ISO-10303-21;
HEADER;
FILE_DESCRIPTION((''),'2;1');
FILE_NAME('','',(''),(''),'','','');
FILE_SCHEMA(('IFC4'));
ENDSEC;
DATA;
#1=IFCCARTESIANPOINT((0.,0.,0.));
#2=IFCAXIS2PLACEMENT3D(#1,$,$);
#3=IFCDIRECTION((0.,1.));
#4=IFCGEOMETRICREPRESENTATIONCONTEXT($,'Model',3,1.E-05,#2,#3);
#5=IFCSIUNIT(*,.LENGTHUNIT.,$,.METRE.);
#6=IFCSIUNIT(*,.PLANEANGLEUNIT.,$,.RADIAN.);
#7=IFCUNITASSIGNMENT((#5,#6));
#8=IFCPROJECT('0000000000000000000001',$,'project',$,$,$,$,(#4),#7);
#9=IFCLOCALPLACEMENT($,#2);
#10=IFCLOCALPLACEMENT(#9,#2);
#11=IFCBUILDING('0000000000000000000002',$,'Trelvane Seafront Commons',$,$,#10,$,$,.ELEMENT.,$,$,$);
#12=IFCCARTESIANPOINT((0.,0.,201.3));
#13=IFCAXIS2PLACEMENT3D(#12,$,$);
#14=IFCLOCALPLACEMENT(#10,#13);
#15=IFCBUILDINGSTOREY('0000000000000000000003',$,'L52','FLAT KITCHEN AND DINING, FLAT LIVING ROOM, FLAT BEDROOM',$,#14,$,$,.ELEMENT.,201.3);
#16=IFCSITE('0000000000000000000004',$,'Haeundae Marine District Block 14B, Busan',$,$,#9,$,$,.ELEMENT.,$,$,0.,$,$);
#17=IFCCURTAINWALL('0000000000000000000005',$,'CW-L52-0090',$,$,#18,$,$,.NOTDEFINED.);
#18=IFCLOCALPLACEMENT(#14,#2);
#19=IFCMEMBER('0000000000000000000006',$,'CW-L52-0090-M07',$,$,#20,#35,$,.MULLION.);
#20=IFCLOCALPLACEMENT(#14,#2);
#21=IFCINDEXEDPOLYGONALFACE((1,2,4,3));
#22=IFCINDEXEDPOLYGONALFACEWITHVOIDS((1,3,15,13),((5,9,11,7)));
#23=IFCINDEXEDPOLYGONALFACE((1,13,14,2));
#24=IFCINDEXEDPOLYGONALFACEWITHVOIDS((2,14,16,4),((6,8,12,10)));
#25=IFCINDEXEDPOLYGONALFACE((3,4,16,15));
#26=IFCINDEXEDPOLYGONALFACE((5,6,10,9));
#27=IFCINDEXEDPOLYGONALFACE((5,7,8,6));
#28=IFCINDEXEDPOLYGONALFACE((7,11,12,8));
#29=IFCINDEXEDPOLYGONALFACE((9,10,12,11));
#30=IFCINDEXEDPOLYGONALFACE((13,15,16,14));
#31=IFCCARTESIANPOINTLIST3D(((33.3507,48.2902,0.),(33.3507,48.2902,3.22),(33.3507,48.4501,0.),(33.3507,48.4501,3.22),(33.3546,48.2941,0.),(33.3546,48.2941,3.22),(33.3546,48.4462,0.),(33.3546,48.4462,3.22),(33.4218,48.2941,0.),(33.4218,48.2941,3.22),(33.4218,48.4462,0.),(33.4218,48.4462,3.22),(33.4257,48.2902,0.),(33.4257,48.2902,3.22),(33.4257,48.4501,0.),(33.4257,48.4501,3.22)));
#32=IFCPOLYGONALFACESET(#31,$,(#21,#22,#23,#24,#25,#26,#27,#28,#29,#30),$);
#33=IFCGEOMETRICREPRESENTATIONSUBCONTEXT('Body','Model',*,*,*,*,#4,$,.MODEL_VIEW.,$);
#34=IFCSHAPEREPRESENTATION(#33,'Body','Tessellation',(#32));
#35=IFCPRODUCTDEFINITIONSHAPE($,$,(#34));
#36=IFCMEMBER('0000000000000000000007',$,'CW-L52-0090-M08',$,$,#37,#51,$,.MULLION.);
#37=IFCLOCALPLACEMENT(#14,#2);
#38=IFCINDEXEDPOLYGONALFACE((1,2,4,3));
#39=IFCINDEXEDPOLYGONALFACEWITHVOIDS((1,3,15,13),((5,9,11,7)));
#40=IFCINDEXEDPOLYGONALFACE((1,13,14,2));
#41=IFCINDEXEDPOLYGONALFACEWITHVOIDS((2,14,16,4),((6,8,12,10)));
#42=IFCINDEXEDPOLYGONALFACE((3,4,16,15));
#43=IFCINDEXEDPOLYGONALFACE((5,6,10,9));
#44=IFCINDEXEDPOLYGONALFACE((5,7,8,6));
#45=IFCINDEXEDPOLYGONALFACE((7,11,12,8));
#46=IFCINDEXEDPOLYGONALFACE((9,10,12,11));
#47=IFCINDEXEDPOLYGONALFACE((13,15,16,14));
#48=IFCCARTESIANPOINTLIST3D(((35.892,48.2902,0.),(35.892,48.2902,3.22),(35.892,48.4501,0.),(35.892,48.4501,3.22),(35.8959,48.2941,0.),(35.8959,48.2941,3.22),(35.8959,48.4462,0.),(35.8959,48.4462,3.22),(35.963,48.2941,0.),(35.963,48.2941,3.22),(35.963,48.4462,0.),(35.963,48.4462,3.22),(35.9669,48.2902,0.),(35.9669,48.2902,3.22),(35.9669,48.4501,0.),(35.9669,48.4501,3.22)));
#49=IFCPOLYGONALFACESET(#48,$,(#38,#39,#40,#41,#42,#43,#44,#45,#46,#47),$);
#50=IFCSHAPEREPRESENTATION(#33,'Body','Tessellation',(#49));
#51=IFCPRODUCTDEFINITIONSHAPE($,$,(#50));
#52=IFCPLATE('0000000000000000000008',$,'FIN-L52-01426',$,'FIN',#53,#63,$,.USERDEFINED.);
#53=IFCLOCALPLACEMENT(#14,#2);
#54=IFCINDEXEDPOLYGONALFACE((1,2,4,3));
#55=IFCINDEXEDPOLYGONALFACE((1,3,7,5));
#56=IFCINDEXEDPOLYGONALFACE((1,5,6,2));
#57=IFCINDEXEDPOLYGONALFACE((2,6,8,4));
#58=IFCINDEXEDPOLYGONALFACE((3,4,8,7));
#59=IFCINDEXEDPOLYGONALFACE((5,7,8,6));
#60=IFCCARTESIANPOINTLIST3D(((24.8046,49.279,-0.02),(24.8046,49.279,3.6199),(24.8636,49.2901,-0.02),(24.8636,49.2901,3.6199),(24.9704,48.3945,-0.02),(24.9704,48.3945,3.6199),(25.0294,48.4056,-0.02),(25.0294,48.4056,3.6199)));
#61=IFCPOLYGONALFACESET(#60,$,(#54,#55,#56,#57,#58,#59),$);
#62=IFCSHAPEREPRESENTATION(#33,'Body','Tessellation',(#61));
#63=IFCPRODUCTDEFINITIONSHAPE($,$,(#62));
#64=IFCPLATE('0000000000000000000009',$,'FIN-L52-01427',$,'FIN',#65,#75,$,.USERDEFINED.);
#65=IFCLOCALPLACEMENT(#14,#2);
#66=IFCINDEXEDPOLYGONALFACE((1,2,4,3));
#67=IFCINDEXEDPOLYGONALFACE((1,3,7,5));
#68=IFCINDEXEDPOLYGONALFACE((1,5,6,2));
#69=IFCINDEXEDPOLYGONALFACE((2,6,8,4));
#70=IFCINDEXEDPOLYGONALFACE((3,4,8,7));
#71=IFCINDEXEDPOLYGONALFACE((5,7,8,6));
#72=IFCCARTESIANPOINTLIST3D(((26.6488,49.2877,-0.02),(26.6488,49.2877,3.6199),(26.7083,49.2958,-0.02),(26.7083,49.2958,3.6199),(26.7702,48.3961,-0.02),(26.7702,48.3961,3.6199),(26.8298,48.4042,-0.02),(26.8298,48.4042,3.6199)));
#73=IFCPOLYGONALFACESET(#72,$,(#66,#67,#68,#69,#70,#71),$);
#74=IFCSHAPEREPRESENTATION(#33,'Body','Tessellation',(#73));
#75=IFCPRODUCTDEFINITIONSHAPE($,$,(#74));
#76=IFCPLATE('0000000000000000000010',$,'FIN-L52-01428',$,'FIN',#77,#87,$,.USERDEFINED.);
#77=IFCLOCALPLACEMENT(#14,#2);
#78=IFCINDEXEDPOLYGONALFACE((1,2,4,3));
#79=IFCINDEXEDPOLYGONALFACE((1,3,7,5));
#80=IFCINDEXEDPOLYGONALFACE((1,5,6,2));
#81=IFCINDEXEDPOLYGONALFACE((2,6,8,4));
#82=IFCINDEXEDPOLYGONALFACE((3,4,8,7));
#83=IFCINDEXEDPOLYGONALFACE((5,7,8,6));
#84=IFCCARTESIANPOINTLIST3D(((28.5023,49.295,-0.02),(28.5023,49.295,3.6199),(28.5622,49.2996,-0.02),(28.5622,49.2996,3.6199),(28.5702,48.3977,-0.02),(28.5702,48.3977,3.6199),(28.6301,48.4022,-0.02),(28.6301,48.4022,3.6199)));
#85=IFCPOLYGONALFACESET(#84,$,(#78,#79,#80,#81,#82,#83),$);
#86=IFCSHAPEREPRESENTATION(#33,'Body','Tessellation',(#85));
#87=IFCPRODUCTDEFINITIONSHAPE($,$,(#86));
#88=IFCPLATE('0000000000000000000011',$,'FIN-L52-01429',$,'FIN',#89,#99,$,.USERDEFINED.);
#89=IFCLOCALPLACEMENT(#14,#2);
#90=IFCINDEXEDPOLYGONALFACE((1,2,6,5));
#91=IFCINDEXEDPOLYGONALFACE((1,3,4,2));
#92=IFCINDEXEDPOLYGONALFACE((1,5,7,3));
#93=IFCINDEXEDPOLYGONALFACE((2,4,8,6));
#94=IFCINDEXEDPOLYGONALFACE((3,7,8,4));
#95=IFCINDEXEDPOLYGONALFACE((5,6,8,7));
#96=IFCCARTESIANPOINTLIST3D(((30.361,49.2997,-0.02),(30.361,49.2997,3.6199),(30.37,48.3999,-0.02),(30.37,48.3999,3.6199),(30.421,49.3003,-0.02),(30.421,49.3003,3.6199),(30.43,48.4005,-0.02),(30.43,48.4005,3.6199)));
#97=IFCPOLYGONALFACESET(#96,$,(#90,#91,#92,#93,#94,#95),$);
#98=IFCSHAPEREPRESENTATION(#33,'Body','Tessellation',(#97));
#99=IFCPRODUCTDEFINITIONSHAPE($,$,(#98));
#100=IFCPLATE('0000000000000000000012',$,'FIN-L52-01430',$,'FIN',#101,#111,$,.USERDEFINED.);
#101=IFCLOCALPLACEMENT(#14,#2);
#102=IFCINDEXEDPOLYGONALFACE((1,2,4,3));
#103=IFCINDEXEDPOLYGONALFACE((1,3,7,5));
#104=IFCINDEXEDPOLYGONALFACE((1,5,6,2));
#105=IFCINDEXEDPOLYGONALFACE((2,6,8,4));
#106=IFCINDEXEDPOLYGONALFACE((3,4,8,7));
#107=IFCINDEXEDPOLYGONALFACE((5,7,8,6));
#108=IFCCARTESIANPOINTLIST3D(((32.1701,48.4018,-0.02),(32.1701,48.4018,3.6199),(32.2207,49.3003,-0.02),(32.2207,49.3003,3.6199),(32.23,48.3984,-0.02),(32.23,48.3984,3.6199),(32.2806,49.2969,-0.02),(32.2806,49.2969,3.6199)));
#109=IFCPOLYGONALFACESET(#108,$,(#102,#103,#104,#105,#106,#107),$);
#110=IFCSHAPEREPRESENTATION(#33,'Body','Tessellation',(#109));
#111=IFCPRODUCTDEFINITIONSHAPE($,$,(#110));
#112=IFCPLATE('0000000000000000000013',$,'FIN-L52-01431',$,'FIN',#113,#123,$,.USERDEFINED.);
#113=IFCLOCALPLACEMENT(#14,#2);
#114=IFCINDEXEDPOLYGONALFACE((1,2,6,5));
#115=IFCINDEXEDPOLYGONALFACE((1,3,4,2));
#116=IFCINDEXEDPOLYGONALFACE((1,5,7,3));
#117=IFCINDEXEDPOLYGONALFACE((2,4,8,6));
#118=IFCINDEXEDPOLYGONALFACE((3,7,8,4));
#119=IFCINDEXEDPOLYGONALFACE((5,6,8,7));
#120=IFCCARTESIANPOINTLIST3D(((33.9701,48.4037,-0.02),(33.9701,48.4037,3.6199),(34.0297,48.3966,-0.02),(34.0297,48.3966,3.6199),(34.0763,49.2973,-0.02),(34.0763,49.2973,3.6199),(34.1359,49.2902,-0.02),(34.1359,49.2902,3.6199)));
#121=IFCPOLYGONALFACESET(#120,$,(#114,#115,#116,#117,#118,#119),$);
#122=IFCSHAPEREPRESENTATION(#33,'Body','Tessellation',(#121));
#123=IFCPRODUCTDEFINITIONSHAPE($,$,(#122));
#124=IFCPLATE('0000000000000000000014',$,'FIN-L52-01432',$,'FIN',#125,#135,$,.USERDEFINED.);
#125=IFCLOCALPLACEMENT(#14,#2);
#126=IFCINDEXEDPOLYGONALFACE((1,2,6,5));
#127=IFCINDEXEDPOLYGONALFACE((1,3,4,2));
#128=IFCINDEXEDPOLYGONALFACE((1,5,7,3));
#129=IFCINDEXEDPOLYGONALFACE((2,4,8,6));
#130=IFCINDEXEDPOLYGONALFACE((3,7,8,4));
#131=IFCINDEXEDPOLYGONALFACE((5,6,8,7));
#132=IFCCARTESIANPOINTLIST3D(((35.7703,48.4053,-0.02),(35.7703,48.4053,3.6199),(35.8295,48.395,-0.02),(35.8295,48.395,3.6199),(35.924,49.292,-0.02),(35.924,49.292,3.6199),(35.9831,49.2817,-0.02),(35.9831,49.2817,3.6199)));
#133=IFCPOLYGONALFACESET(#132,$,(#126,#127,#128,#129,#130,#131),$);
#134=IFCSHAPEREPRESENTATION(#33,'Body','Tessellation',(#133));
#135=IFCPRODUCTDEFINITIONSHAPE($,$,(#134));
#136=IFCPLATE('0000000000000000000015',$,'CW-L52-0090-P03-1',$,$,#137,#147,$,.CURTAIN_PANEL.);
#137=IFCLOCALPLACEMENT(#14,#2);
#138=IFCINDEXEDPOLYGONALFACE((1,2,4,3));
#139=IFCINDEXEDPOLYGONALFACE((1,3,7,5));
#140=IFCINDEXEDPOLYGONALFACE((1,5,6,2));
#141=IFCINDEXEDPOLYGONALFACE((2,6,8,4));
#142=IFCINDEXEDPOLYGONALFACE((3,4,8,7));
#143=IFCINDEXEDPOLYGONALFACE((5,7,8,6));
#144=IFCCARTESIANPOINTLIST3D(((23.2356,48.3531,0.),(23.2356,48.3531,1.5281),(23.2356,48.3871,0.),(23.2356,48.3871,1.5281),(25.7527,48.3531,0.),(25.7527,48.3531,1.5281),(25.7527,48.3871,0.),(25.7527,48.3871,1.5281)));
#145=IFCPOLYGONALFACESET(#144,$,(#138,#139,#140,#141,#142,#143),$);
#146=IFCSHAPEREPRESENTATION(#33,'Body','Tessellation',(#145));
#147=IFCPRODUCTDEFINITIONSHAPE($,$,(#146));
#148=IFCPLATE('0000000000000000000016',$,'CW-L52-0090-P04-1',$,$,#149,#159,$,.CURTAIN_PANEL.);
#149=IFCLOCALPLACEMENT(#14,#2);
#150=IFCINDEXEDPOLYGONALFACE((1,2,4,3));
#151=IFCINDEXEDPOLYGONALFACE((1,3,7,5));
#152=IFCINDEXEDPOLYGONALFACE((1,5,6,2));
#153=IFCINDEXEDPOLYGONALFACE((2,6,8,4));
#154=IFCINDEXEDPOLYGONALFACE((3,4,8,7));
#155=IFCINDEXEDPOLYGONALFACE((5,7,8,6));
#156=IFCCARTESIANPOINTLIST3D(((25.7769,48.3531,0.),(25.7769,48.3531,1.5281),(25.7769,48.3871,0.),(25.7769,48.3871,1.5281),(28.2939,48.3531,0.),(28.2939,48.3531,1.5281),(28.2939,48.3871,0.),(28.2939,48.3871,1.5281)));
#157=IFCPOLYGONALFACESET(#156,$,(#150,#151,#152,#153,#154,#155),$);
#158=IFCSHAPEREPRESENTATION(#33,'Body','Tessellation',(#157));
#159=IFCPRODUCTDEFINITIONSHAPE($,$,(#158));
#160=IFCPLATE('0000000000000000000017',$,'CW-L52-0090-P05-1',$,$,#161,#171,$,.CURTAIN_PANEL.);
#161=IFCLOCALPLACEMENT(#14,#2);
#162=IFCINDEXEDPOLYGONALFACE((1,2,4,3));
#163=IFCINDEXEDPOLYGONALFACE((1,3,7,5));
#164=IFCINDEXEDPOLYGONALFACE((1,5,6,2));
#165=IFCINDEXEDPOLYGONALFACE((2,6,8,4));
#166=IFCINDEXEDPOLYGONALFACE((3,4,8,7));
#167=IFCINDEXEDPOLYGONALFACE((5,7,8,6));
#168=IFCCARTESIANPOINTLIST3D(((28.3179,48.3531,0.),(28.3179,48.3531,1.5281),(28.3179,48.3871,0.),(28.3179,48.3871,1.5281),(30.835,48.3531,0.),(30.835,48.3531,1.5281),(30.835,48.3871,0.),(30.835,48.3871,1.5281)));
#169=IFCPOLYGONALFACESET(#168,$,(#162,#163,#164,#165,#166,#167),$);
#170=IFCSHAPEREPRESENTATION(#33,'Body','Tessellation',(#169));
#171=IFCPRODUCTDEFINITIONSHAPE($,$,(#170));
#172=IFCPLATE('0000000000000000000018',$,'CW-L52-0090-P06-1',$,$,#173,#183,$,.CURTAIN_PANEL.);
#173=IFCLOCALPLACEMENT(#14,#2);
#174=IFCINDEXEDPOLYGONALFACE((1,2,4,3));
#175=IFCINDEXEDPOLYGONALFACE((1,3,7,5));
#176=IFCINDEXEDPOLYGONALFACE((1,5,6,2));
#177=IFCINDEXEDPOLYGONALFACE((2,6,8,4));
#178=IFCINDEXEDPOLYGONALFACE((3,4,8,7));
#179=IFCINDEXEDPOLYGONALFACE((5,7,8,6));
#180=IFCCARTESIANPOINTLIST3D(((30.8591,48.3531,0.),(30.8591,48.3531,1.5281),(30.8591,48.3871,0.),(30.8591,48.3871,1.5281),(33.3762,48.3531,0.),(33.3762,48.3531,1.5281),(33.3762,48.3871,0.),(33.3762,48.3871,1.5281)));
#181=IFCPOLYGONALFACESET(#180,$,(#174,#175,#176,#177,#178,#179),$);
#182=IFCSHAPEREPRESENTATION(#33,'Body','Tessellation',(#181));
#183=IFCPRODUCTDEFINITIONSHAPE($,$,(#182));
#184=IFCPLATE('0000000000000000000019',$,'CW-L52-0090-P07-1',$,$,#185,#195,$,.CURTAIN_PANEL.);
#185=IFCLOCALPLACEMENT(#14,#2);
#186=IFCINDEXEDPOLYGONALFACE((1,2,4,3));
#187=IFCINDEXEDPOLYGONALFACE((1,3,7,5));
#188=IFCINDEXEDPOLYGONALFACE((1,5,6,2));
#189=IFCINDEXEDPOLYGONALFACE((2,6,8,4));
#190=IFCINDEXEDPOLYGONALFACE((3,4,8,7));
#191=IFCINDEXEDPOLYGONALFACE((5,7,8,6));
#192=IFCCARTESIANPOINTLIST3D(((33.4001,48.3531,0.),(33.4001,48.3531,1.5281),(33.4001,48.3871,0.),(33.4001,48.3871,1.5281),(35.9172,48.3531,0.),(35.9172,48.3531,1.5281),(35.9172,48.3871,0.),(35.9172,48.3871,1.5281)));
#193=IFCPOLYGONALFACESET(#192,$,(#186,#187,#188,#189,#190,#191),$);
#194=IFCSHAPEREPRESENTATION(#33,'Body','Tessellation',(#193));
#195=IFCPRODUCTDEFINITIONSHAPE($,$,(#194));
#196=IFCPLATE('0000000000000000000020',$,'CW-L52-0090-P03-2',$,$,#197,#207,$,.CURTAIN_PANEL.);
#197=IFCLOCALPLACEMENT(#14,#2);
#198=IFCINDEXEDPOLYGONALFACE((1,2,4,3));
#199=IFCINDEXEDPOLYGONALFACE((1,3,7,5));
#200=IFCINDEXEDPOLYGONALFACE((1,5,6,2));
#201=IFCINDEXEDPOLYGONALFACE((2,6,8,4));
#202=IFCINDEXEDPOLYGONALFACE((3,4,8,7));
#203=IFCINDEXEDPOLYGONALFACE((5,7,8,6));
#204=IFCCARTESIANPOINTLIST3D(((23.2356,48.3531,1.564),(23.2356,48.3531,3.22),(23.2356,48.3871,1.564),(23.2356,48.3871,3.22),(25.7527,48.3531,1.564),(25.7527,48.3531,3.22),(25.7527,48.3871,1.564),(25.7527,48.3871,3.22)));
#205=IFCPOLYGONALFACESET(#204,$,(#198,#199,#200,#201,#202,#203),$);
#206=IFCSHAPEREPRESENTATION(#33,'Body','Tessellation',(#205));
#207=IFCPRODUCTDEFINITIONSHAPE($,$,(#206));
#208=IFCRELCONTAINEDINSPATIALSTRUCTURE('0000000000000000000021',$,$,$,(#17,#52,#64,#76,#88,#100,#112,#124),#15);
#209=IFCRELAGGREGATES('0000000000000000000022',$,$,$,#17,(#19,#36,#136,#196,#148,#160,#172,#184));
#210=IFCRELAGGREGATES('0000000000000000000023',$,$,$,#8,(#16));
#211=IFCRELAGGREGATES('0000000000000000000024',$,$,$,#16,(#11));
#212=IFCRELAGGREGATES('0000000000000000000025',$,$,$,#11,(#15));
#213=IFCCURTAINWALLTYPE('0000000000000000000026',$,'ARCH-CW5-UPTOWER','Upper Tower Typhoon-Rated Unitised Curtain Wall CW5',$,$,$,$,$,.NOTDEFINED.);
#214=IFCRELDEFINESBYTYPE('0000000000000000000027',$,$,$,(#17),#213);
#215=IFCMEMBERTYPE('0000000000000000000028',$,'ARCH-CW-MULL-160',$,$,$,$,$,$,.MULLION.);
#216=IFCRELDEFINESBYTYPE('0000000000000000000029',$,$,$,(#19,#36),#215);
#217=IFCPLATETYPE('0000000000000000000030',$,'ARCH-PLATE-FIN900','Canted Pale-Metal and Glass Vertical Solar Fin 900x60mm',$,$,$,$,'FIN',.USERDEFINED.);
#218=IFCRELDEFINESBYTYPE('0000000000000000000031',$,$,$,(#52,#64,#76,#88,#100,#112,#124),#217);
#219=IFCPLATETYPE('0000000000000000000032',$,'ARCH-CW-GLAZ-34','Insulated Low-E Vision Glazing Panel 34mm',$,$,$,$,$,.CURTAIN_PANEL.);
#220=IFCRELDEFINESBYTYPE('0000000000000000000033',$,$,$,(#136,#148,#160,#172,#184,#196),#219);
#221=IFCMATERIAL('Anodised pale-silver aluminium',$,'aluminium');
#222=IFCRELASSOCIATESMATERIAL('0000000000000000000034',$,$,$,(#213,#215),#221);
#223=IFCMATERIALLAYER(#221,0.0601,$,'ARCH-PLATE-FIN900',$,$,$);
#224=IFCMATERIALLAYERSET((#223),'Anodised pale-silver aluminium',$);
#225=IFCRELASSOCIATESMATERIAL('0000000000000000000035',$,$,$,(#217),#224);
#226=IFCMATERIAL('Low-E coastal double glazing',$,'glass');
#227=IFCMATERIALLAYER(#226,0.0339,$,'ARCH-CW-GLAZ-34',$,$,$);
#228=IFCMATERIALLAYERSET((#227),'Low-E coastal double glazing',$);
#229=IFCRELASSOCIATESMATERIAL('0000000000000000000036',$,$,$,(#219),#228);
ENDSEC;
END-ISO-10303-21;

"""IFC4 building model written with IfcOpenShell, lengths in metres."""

from ifc_helpers import new_model, si_unit, direction, frame, origin, origin_2d, place, context, subcontext, project, spatial, rectangle, hollow_rectangle, extrude, source, transform, mapped, material, layer, layer_set, material_profile, profile_set, type_object, element, aggregate, save


model = new_model("IFC4")

# Units and contexts
model_context = context("Model", 3, precision=1e-05, world=origin(), true_north=direction((0.0, 1.0)))
body_context = subcontext(model_context, "Body", "Model", "MODEL_VIEW")
ifc_project = project(units=[si_unit("LENGTHUNIT", "METRE"), si_unit("PLANEANGLEUNIT", "RADIAN")], contexts=[model_context])

# Site, building, storey
site_placement = place(None, origin())
site = spatial("IfcSite", under=ifc_project, at=site_placement, Name="Haeundae Marine District Block 14B, Busan", CompositionType="ELEMENT", RefElevation=0.0)
building_placement = place(site_placement, origin())
building = spatial("IfcBuilding", under=site, at=building_placement, Name="Trelvane Seafront Commons", CompositionType="ELEMENT")
storey_placement = place(building_placement, frame((0.0, 0.0, 201.3)))
storey = spatial("IfcBuildingStorey", under=building, at=storey_placement, Name="L52", Description="FLAT KITCHEN AND DINING, FLAT LIVING ROOM, FLAT BEDROOM", CompositionType="ELEMENT", Elevation=201.3)

# Curtain wall, members
ifc_material_1 = material(Name="Anodised pale-silver aluminium", Category="aluminium")
curtain_wall_type = type_object("IfcCurtainWallType", Name="ARCH-CW5-UPTOWER", Description="Upper Tower Typhoon-Rated Unitised Curtain Wall CW5", PredefinedType="NOTDEFINED", material=ifc_material_1)
curtain_wall_placement = place(storey_placement, origin())
curtain_wall = element("IfcCurtainWall", 1, at=curtain_wall_placement, inside=storey, type_object=curtain_wall_type, Name="CW-L52-0090", PredefinedType="NOTDEFINED")
ifc_material_profile_1 = material_profile(ifc_material_1, hollow_rectangle(XDim=0.075, YDim=0.1599, WallThickness=0.0039, at=origin_2d()), Name="MULL-75x160x4")
ifc_profile_set_1 = profile_set([ifc_material_profile_1], Name="Anodised pale-silver aluminium")
member_type_1 = type_object("IfcMemberType", Name="ARCH-CW-MULL-160", PredefinedType="MULLION", material=ifc_profile_set_1)
shared_shape_1 = source(origin(), body_context, "Body", "SweptSolid", [
    extrude(hollow_rectangle(XDim=0.075, YDim=0.1599, WallThickness=0.0039, at=origin_2d()), origin(), (0.0, 0.0, 1.0), 3.22),
])
member_1_placement = place(storey_placement, frame((33.3882, 48.3701, 0.0), z_axis=(0.0, 0.0, 1.0), x_axis=(1.0, 0.0, 0.0)))
member_1 = element("IfcMember", 2, at=member_1_placement, type_object=member_type_1, Name="CW-L52-0090-M07", PredefinedType="MULLION", context=body_context, shape_type="MappedRepresentation", body=[
    mapped(shared_shape_1, transform((0.0, 0.0, 0.0), x_axis=(1.0, 0.0, 0.0), y_axis=(0.0, 1.0, 0.0), z_axis=(0.0, 0.0, 1.0), scale=1.0)),
])
member_2_placement = place(storey_placement, frame((35.9294, 48.3701, 0.0), z_axis=(0.0, 0.0, 1.0), x_axis=(1.0, 0.0, 0.0)))
member_2 = element("IfcMember", 3, at=member_2_placement, type_object=member_type_1, Name="CW-L52-0090-M08", PredefinedType="MULLION", context=body_context, shape_type="MappedRepresentation", body=[
    mapped(shared_shape_1, transform((0.0, 0.0, 0.0), x_axis=(1.0, 0.0, 0.0), y_axis=(0.0, 1.0, 0.0), z_axis=(0.0, 0.0, 1.0), scale=1.0)),
])

# Plates
ifc_layer_1 = layer(ifc_material_1, 0.0601, Name="ARCH-PLATE-FIN900")
ifc_layer_set_1 = layer_set([ifc_layer_1], Name="Anodised pale-silver aluminium")
plate_type_1 = type_object("IfcPlateType", Name="ARCH-PLATE-FIN900", Description="Canted Pale-Metal and Glass Vertical Solar Fin 900x60mm", ElementType="FIN", PredefinedType="USERDEFINED", material=ifc_layer_set_1)
shared_shape_2 = source(origin(), body_context, "Body", "SweptSolid", [
    extrude(rectangle(XDim=0.8999, YDim=0.0601, at=origin_2d()), origin(), (0.0, 0.0, 1.0), 3.6399),
])
for number, where, z_axis, x_axis, name in (
    (4, (24.917, 48.8423, -0.02), (0.0, 0.0, 1.0), (-0.184221, 0.982885, 0.0), "FIN-L52-01426"),
    (5, (26.7393, 48.8459, -0.02), (0.0, 0.0, 1.0), (-0.134994, 0.990846, 0.0), "FIN-L52-01427"),
    (6, (28.5662, 48.8486, -0.02), (0.0, 0.0, 1.0), (-0.075447, 0.99715, 0.0), "FIN-L52-01428"),
    (7, (30.3955, 48.8501, -0.02), (0.0, 0.0, 1.0), (-0.009999, 0.99995, 0.0), "FIN-L52-01429"),
    (8, (32.2253, 48.8494, -0.02), (0.0, 0.0, 1.0), (0.056221, 0.998418, 0.0), "FIN-L52-01430"),
    (9, (34.053, 48.8469, -0.02), (0.0, 0.0, 1.0), (0.118002, 0.993013, 0.0), "FIN-L52-01431"),
    (10, (35.8767, 48.8435, -0.02), (0.0, 0.0, 1.0), (0.170774, 0.98531, 0.0), "FIN-L52-01432"),
):
    element("IfcPlate", number, at=place(storey_placement, frame(where, z_axis=z_axis, x_axis=x_axis)), inside=storey, type_object=plate_type_1, Name=name, ObjectType="FIN", PredefinedType="USERDEFINED", context=body_context, shape_type="MappedRepresentation", body=[
        mapped(shared_shape_2, transform((0.0, 0.0, 0.0), x_axis=(1.0, 0.0, 0.0), y_axis=(0.0, 1.0, 0.0), z_axis=(0.0, 0.0, 1.0), scale=1.0)),
    ])

# Plates
ifc_material_2 = material(Name="Low-E coastal double glazing", Category="glass")
ifc_layer_2 = layer(ifc_material_2, 0.0339, Name="ARCH-CW-GLAZ-34")
ifc_layer_set_2 = layer_set([ifc_layer_2], Name="Low-E coastal double glazing")
plate_type_2 = type_object("IfcPlateType", Name="ARCH-CW-GLAZ-34", Description="Insulated Low-E Vision Glazing Panel 34mm", PredefinedType="CURTAIN_PANEL", material=ifc_layer_set_2)
shared_shape_3 = source(origin(), body_context, "Body", "SweptSolid", [
    extrude(rectangle(XDim=2.5171, YDim=0.0339, at=origin_2d()), origin(), (0.0, 0.0, 1.0), 1.5281),
])
plate_1_placement = place(storey_placement, frame((24.4941, 48.3701, 0.0), z_axis=(0.0, 0.0, 1.0), x_axis=(1.0, 0.0, 0.0)))
plate_1 = element("IfcPlate", 11, at=plate_1_placement, type_object=plate_type_2, Name="CW-L52-0090-P03-1", PredefinedType="CURTAIN_PANEL", context=body_context, shape_type="MappedRepresentation", body=[
    mapped(shared_shape_3, transform((0.0, 0.0, 0.0), x_axis=(1.0, 0.0, 0.0), y_axis=(0.0, 1.0, 0.0), z_axis=(0.0, 0.0, 1.0), scale=1.0)),
])
plate_2_placement = place(storey_placement, frame((27.0354, 48.3701, 0.0), z_axis=(0.0, 0.0, 1.0), x_axis=(1.0, 0.0, 0.0)))
plate_2 = element("IfcPlate", 12, at=plate_2_placement, type_object=plate_type_2, Name="CW-L52-0090-P04-1", PredefinedType="CURTAIN_PANEL", context=body_context, shape_type="MappedRepresentation", body=[
    mapped(shared_shape_3, transform((0.0, 0.0, 0.0), x_axis=(1.0, 0.0, 0.0), y_axis=(0.0, 1.0, 0.0), z_axis=(0.0, 0.0, 1.0), scale=1.0)),
])
plate_3_placement = place(storey_placement, frame((29.5764, 48.3701, 0.0), z_axis=(0.0, 0.0, 1.0), x_axis=(1.0, 0.0, 0.0)))
plate_3 = element("IfcPlate", 13, at=plate_3_placement, type_object=plate_type_2, Name="CW-L52-0090-P05-1", PredefinedType="CURTAIN_PANEL", context=body_context, shape_type="MappedRepresentation", body=[
    mapped(shared_shape_3, transform((0.0, 0.0, 0.0), x_axis=(1.0, 0.0, 0.0), y_axis=(0.0, 1.0, 0.0), z_axis=(0.0, 0.0, 1.0), scale=1.0)),
])
plate_4_placement = place(storey_placement, frame((32.1177, 48.3701, 0.0), z_axis=(0.0, 0.0, 1.0), x_axis=(1.0, 0.0, 0.0)))
plate_4 = element("IfcPlate", 14, at=plate_4_placement, type_object=plate_type_2, Name="CW-L52-0090-P06-1", PredefinedType="CURTAIN_PANEL", context=body_context, shape_type="MappedRepresentation", body=[
    mapped(shared_shape_3, transform((0.0, 0.0, 0.0), x_axis=(1.0, 0.0, 0.0), y_axis=(0.0, 1.0, 0.0), z_axis=(0.0, 0.0, 1.0), scale=1.0)),
])
plate_5_placement = place(storey_placement, frame((34.6587, 48.3701, 0.0), z_axis=(0.0, 0.0, 1.0), x_axis=(1.0, 0.0, 0.0)))
plate_5 = element("IfcPlate", 15, at=plate_5_placement, type_object=plate_type_2, Name="CW-L52-0090-P07-1", PredefinedType="CURTAIN_PANEL", context=body_context, shape_type="MappedRepresentation", body=[
    mapped(shared_shape_3, transform((0.0, 0.0, 0.0), x_axis=(1.0, 0.0, 0.0), y_axis=(0.0, 1.0, 0.0), z_axis=(0.0, 0.0, 1.0), scale=1.0)),
])
shared_shape_4 = source(origin(), body_context, "Body", "SweptSolid", [
    extrude(rectangle(XDim=2.5171, YDim=0.0339, at=origin_2d()), origin(), (0.0, 0.0, 1.0), 1.656),
])
plate_6_placement = place(storey_placement, frame((24.4941, 48.3701, 1.564), z_axis=(0.0, 0.0, 1.0), x_axis=(1.0, 0.0, 0.0)))
plate_6 = element("IfcPlate", 16, at=plate_6_placement, type_object=plate_type_2, Name="CW-L52-0090-P03-2", PredefinedType="CURTAIN_PANEL", context=body_context, shape_type="MappedRepresentation", body=[
    mapped(shared_shape_4, transform((0.0, 0.0, 0.0), x_axis=(1.0, 0.0, 0.0), y_axis=(0.0, 1.0, 0.0), z_axis=(0.0, 0.0, 1.0), scale=1.0)),
])
aggregate(curtain_wall, [member_1, member_2, plate_1, plate_6, plate_2, plate_3, plate_4, plate_5])

save(model, "model.ifc")
